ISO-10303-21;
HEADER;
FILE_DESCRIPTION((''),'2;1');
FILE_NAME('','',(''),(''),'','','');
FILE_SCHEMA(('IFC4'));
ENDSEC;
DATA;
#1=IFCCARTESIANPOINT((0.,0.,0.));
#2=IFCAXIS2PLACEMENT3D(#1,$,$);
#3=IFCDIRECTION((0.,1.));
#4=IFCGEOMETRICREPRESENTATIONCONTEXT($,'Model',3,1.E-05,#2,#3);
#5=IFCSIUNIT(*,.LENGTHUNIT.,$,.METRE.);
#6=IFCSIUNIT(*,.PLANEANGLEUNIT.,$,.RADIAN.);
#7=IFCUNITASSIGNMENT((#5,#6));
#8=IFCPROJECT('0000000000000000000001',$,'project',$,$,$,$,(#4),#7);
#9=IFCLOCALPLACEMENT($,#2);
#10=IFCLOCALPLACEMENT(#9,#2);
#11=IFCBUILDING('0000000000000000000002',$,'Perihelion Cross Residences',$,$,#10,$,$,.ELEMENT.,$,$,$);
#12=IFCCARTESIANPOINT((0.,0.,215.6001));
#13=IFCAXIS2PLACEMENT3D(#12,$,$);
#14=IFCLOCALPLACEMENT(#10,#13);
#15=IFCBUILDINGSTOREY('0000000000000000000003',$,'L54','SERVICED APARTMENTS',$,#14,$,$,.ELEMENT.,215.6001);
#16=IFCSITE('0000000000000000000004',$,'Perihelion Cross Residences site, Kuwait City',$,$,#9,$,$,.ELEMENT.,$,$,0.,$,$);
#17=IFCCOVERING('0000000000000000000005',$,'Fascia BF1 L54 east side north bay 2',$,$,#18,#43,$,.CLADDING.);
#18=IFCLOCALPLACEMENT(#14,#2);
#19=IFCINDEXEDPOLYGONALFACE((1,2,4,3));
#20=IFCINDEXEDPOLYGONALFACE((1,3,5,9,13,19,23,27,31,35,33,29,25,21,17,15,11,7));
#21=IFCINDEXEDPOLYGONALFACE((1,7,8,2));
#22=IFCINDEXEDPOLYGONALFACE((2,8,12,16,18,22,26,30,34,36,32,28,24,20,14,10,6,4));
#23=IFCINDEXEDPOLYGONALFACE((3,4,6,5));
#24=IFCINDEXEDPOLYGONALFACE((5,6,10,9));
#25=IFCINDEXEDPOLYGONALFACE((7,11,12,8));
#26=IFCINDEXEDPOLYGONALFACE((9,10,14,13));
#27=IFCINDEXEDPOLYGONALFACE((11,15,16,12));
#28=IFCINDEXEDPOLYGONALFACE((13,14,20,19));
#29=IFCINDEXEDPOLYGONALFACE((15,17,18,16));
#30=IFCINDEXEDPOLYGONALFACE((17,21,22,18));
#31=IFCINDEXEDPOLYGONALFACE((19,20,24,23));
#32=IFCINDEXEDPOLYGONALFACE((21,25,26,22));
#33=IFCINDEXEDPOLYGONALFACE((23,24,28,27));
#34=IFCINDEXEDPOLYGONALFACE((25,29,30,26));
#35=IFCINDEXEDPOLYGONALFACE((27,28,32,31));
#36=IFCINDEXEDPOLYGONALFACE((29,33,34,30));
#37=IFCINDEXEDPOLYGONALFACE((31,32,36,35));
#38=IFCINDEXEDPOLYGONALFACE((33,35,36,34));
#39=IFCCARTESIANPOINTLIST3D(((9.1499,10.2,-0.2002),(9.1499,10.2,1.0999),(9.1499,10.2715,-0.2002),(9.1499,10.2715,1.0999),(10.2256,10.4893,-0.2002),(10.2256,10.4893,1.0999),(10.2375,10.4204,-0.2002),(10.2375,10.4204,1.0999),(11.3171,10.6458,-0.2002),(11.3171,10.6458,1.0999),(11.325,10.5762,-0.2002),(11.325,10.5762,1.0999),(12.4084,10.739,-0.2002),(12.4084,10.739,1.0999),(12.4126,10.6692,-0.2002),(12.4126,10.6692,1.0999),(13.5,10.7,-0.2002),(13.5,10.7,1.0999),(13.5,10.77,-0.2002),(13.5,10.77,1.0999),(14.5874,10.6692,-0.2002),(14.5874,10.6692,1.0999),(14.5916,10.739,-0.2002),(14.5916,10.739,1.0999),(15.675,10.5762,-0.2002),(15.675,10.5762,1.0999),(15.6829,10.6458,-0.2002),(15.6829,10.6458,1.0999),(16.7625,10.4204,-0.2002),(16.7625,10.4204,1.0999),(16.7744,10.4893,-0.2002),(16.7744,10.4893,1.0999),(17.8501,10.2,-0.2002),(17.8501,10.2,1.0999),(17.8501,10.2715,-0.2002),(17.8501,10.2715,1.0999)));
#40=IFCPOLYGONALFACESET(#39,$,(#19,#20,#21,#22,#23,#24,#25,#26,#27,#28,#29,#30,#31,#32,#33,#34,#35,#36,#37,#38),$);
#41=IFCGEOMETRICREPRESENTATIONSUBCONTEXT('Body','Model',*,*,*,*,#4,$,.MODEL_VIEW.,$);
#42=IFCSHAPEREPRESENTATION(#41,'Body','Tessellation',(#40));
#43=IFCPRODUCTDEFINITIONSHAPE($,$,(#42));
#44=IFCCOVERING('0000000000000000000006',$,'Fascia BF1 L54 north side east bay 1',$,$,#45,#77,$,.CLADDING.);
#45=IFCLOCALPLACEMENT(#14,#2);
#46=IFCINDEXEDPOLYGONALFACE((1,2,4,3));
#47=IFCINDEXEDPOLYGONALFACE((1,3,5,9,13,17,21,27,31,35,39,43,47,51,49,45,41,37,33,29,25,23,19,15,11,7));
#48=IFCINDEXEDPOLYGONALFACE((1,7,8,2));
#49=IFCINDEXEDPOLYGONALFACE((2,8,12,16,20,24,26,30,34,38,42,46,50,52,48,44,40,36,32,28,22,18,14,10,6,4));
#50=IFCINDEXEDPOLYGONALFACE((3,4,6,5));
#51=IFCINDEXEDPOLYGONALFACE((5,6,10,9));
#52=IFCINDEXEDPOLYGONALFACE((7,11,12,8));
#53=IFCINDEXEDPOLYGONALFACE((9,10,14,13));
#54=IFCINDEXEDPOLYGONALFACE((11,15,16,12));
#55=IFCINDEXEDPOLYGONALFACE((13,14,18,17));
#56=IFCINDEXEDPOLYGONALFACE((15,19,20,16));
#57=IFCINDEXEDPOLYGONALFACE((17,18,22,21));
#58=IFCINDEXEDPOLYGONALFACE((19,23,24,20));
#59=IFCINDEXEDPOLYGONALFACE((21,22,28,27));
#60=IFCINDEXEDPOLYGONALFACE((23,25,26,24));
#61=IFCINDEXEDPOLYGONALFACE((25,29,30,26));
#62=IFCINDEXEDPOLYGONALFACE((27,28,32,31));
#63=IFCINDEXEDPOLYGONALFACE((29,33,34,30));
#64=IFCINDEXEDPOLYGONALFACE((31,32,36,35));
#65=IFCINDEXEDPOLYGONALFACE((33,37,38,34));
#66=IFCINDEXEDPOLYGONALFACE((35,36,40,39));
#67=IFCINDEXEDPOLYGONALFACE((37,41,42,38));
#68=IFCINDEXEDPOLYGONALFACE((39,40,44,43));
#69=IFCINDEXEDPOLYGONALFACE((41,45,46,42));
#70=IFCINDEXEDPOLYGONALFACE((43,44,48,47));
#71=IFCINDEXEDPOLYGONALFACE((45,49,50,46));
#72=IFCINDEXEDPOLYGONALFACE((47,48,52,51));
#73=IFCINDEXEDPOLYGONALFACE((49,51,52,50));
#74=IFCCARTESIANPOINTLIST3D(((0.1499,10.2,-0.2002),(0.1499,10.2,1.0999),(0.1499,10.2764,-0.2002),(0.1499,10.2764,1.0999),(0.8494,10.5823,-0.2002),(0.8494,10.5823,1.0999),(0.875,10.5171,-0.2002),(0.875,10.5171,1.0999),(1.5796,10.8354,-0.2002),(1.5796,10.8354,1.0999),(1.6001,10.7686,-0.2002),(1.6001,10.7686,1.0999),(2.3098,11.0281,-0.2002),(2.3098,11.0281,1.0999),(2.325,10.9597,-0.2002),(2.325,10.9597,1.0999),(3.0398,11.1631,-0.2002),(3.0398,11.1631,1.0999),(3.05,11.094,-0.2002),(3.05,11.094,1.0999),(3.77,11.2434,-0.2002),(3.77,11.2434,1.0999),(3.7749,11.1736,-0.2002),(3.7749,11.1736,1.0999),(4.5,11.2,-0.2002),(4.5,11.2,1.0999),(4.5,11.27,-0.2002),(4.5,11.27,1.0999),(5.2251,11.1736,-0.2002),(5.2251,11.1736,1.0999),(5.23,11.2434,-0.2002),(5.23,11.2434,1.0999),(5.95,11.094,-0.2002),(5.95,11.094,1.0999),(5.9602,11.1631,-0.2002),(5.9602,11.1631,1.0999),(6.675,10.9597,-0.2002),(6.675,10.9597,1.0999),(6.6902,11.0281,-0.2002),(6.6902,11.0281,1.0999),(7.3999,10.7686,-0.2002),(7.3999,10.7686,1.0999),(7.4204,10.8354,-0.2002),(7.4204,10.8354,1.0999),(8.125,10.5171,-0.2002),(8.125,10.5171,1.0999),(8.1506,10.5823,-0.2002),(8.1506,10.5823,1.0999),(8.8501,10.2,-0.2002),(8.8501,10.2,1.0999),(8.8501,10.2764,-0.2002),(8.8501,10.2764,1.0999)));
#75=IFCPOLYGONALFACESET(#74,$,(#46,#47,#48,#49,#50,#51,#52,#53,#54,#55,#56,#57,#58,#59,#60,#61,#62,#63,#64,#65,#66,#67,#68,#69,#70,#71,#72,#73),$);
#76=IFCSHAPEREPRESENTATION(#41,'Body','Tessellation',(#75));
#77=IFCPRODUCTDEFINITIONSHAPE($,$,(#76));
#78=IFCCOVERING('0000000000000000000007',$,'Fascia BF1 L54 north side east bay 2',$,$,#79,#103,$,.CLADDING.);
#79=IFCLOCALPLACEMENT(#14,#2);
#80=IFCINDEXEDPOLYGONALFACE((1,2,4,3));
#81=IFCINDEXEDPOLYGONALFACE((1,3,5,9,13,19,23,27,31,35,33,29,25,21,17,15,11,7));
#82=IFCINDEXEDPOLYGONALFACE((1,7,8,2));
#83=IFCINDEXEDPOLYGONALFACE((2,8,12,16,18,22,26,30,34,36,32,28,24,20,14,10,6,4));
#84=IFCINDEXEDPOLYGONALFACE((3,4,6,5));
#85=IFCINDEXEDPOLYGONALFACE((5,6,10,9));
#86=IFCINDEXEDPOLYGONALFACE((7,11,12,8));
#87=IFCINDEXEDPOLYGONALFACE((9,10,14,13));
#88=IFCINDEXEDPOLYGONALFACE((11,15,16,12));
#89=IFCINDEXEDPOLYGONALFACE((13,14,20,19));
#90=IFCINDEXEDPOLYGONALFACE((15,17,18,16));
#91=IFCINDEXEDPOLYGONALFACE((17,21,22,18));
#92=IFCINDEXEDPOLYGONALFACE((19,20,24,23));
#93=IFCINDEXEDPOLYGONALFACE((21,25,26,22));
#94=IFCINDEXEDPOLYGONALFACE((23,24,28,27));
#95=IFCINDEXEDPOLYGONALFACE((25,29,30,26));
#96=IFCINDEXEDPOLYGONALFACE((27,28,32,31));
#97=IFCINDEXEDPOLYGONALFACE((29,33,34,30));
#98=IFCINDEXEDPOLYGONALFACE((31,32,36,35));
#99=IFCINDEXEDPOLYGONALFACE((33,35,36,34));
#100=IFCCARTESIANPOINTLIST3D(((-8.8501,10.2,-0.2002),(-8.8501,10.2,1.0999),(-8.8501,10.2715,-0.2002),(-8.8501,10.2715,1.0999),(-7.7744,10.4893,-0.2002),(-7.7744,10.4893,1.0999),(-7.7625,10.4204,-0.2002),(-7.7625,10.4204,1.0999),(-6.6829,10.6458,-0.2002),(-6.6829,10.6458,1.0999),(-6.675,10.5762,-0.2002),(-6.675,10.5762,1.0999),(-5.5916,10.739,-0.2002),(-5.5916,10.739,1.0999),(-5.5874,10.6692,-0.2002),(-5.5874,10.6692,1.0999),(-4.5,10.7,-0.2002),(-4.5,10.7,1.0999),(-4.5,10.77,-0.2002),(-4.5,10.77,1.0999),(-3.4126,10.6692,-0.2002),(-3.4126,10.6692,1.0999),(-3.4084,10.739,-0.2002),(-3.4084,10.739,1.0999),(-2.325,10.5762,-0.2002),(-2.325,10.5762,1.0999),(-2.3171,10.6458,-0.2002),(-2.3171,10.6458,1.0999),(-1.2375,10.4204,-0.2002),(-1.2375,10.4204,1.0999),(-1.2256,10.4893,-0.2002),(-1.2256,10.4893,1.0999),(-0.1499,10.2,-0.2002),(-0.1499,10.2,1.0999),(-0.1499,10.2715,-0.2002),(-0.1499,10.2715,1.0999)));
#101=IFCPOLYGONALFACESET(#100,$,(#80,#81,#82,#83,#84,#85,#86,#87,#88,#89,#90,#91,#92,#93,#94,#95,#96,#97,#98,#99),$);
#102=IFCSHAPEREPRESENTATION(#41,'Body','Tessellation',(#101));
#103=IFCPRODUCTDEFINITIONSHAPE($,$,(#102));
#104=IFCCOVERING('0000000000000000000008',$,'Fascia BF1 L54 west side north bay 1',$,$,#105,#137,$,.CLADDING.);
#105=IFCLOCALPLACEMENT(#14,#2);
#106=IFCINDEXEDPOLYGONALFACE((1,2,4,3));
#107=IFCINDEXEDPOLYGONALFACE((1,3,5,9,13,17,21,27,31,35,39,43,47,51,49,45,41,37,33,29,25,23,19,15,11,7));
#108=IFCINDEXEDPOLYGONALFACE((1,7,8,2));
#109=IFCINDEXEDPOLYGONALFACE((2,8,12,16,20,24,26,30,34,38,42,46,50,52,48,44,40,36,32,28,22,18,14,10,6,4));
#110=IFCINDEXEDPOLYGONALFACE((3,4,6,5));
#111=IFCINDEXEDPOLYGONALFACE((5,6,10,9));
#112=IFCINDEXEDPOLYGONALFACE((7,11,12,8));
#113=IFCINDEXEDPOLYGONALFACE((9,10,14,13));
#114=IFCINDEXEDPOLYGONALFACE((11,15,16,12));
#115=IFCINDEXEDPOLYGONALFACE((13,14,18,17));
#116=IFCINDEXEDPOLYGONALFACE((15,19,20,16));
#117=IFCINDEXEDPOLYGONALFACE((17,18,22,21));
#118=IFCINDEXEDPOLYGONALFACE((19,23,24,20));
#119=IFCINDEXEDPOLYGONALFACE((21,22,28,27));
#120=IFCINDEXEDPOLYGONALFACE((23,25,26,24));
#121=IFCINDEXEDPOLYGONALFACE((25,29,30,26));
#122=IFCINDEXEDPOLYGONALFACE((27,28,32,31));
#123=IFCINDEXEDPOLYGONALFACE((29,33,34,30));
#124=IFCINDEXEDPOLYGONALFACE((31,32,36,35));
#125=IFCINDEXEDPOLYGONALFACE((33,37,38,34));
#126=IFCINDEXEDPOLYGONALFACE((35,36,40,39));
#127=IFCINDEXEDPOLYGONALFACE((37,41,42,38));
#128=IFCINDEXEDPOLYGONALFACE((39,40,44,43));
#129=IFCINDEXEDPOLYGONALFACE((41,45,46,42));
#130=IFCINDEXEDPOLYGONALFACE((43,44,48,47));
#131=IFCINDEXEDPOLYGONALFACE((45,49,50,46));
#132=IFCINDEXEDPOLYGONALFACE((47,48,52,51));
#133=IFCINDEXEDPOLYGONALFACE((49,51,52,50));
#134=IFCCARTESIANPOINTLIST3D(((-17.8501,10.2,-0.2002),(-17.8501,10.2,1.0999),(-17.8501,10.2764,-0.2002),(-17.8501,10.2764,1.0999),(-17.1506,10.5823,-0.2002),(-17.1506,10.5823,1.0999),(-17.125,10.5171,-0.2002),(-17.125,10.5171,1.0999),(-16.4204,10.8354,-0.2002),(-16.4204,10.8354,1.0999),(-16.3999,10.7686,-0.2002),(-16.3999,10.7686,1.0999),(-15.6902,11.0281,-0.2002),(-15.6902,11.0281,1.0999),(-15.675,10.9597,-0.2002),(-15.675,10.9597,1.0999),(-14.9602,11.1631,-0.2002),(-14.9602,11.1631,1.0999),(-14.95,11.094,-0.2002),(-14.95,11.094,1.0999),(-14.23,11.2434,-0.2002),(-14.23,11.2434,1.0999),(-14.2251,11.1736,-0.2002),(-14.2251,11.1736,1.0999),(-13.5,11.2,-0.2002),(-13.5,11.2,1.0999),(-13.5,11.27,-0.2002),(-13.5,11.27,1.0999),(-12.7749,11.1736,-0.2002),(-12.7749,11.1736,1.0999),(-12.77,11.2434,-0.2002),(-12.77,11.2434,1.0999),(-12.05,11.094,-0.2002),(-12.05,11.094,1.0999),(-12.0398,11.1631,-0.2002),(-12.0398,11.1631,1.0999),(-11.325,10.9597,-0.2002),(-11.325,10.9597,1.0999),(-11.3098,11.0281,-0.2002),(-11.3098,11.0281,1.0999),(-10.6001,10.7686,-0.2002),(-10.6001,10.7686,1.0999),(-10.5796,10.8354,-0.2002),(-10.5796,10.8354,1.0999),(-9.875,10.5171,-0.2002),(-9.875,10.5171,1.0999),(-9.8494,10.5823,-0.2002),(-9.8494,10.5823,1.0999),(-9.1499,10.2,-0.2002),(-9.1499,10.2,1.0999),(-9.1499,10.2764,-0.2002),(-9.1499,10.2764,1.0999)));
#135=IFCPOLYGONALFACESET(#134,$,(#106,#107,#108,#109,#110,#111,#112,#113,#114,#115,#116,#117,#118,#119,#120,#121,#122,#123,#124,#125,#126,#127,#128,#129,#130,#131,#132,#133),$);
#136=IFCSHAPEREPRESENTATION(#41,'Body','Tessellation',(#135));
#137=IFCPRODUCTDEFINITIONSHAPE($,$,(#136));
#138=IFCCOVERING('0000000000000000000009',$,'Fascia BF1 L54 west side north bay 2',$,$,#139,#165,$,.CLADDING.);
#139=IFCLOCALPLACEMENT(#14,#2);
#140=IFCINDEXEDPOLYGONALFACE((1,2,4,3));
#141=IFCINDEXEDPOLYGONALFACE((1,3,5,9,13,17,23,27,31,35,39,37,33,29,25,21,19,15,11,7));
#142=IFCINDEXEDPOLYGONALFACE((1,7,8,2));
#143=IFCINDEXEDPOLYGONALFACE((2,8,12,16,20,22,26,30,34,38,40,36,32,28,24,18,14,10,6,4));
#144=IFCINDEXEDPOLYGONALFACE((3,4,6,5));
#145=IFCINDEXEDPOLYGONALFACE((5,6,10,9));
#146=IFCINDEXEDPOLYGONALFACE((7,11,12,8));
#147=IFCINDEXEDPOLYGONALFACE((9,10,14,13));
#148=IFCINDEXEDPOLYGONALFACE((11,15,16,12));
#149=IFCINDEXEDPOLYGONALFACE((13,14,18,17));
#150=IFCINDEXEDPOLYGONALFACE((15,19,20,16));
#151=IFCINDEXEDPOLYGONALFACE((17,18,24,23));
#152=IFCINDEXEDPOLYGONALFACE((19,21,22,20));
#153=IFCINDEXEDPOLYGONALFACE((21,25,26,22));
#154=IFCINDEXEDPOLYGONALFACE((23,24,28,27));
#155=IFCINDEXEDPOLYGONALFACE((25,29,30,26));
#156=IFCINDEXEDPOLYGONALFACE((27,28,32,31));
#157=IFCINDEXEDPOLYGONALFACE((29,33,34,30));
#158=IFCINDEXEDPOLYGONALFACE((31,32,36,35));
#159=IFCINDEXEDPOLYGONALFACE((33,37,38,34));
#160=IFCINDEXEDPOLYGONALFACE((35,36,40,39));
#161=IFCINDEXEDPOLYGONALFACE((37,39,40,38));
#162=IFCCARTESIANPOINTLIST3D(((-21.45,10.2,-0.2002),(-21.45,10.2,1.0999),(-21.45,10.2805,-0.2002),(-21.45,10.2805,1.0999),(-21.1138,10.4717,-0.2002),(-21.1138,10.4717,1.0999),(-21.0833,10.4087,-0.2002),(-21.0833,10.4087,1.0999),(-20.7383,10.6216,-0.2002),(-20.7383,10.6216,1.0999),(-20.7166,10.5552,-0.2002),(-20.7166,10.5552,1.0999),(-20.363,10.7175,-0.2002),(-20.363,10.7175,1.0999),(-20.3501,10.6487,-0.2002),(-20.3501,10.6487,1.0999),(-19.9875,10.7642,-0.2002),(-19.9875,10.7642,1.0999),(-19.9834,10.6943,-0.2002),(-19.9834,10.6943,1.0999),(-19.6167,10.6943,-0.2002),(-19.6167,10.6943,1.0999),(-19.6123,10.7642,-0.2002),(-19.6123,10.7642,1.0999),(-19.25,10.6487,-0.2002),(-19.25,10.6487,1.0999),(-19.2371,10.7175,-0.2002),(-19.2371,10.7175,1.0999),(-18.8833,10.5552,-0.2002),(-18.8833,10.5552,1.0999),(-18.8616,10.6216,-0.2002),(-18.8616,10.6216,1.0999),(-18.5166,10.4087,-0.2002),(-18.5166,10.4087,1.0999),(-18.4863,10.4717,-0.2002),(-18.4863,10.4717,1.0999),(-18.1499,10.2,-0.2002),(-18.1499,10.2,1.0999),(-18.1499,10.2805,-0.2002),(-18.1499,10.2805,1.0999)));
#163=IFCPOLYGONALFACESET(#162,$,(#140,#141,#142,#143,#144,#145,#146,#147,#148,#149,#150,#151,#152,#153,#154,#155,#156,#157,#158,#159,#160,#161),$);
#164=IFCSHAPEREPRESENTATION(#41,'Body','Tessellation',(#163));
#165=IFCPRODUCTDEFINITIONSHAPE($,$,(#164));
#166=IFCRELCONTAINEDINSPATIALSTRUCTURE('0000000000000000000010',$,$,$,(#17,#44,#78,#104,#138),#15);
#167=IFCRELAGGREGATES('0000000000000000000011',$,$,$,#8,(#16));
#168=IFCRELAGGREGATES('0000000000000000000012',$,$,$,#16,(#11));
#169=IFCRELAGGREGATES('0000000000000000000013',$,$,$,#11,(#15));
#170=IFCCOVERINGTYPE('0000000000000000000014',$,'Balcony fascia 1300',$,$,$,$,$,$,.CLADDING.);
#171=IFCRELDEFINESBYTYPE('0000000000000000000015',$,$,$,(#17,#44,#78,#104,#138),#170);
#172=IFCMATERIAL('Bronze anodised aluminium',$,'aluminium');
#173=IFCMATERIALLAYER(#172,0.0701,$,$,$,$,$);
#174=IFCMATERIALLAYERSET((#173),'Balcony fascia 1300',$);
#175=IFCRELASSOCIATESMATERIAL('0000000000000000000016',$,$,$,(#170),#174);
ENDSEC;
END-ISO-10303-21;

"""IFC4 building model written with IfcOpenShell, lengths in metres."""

from ifc_helpers import new_model, si_unit, direction, frame, origin, place, context, subcontext, project, spatial, polyline, outline, extrude, material, layer, layer_set, type_object, element, save


model = new_model("IFC4")

# Units and contexts
model_context = context("Model", 3, precision=1e-05, world=origin(), true_north=direction((0.0, 1.0)))
body_context = subcontext(model_context, "Body", "Model", "MODEL_VIEW")
ifc_project = project(units=[si_unit("LENGTHUNIT", "METRE"), si_unit("PLANEANGLEUNIT", "RADIAN")], contexts=[model_context])

# Site, building, storey
site_placement = place(None, origin())
site = spatial("IfcSite", under=ifc_project, at=site_placement, Name="Perihelion Cross Residences site, Kuwait City", CompositionType="ELEMENT", RefElevation=0.0)
building_placement = place(site_placement, origin())
building = spatial("IfcBuilding", under=site, at=building_placement, Name="Perihelion Cross Residences", CompositionType="ELEMENT")
storey_placement = place(building_placement, frame((0.0, 0.0, 215.6001)))
storey = spatial("IfcBuildingStorey", under=building, at=storey_placement, Name="L54", Description="SERVICED APARTMENTS", CompositionType="ELEMENT", Elevation=215.6001)

# Coverings
ifc_material_1 = material(Name="Bronze anodised aluminium", Category="aluminium")
ifc_layer_1 = layer(ifc_material_1, 0.0701)
ifc_layer_set_1 = layer_set([ifc_layer_1], Name="Balcony fascia 1300")
covering_type = type_object("IfcCoveringType", Name="Balcony fascia 1300", PredefinedType="CLADDING", material=ifc_layer_set_1)
covering_1_placement = place(storey_placement, frame((0.0, 0.0, -0.2002)))
element("IfcCovering", 1, at=covering_1_placement, inside=storey, type_object=covering_type, Name="Fascia BF1 L54 east side north bay 2", PredefinedType="CLADDING", context=body_context, shape_type="SweptSolid", body=[
    extrude(outline(polyline([(16.7744, 10.4893), (15.6829, 10.6458), (14.5916, 10.739), (13.5, 10.77), (12.4084, 10.739), (11.3171, 10.6458), (10.2256, 10.4893), (9.1499, 10.2715), (9.1499, 10.2), (10.2375, 10.4204), (11.325, 10.5762), (12.4126, 10.6692), (13.5, 10.7), (14.5874, 10.6692), (15.675, 10.5762), (16.7625, 10.4204), (17.8501, 10.2), (17.8501, 10.2715), (16.7744, 10.4893)])), origin(), (0.0, 0.0, 1.0), 1.3),
])
covering_2_placement = place(storey_placement, frame((0.0, 0.0, -0.2002)))
element("IfcCovering", 2, at=covering_2_placement, inside=storey, type_object=covering_type, Name="Fascia BF1 L54 north side east bay 1", PredefinedType="CLADDING", context=body_context, shape_type="SweptSolid", body=[
    extrude(outline(polyline([(8.1506, 10.5823), (7.4204, 10.8354), (6.6902, 11.0281), (5.9602, 11.1631), (5.23, 11.2434), (4.5, 11.27), (3.77, 11.2434), (3.0398, 11.1631), (2.3098, 11.0281), (1.5796, 10.8354), (0.8494, 10.5823), (0.1499, 10.2764), (0.1499, 10.2), (0.875, 10.5171), (1.6001, 10.7686), (2.325, 10.9597), (3.05, 11.094), (3.7749, 11.1736), (4.5, 11.2), (5.2251, 11.1736), (5.95, 11.094), (6.675, 10.9597), (7.3999, 10.7686), (8.125, 10.5171), (8.8501, 10.2), (8.8501, 10.2764), (8.1506, 10.5823)])), origin(), (0.0, 0.0, 1.0), 1.3),
])
covering_3_placement = place(storey_placement, frame((0.0, 0.0, -0.2002)))
element("IfcCovering", 3, at=covering_3_placement, inside=storey, type_object=covering_type, Name="Fascia BF1 L54 north side east bay 2", PredefinedType="CLADDING", context=body_context, shape_type="SweptSolid", body=[
    extrude(outline(polyline([(-1.2256, 10.4893), (-2.3171, 10.6458), (-3.4084, 10.739), (-4.5, 10.77), (-5.5916, 10.739), (-6.6829, 10.6458), (-7.7744, 10.4893), (-8.8501, 10.2715), (-8.8501, 10.2), (-7.7625, 10.4204), (-6.675, 10.5762), (-5.5874, 10.6692), (-4.5, 10.7), (-3.4126, 10.6692), (-2.325, 10.5762), (-1.2375, 10.4204), (-0.1499, 10.2), (-0.1499, 10.2715), (-1.2256, 10.4893)])), origin(), (0.0, 0.0, 1.0), 1.3),
])
covering_4_placement = place(storey_placement, frame((0.0, 0.0, -0.2002)))
element("IfcCovering", 4, at=covering_4_placement, inside=storey, type_object=covering_type, Name="Fascia BF1 L54 west side north bay 1", PredefinedType="CLADDING", context=body_context, shape_type="SweptSolid", body=[
    extrude(outline(polyline([(-9.8494, 10.5823), (-10.5796, 10.8354), (-11.3098, 11.0281), (-12.0398, 11.1631), (-12.77, 11.2434), (-13.5, 11.27), (-14.23, 11.2434), (-14.9602, 11.1631), (-15.6902, 11.0281), (-16.4204, 10.8354), (-17.1506, 10.5823), (-17.8501, 10.2764), (-17.8501, 10.2), (-17.125, 10.5171), (-16.3999, 10.7686), (-15.675, 10.9597), (-14.95, 11.094), (-14.2251, 11.1736), (-13.5, 11.2), (-12.7749, 11.1736), (-12.05, 11.094), (-11.325, 10.9597), (-10.6001, 10.7686), (-9.875, 10.5171), (-9.1499, 10.2), (-9.1499, 10.2764), (-9.8494, 10.5823)])), origin(), (0.0, 0.0, 1.0), 1.3),
])
covering_5_placement = place(storey_placement, frame((0.0, 0.0, -0.2002)))
element("IfcCovering", 5, at=covering_5_placement, inside=storey, type_object=covering_type, Name="Fascia BF1 L54 west side north bay 2", PredefinedType="CLADDING", context=body_context, shape_type="SweptSolid", body=[
    extrude(outline(polyline([(-18.4863, 10.4717), (-18.8616, 10.6216), (-19.2371, 10.7175), (-19.6123, 10.7642), (-19.9875, 10.7642), (-20.363, 10.7175), (-20.7383, 10.6216), (-21.1138, 10.4717), (-21.45, 10.2805), (-21.45, 10.2), (-21.0833, 10.4087), (-20.7166, 10.5552), (-20.3501, 10.6487), (-19.9834, 10.6943), (-19.6167, 10.6943), (-19.25, 10.6487), (-18.8833, 10.5552), (-18.5166, 10.4087), (-18.1499, 10.2), (-18.1499, 10.2805), (-18.4863, 10.4717)])), origin(), (0.0, 0.0, 1.0), 1.3),
])

save(model, "model.ifc")
